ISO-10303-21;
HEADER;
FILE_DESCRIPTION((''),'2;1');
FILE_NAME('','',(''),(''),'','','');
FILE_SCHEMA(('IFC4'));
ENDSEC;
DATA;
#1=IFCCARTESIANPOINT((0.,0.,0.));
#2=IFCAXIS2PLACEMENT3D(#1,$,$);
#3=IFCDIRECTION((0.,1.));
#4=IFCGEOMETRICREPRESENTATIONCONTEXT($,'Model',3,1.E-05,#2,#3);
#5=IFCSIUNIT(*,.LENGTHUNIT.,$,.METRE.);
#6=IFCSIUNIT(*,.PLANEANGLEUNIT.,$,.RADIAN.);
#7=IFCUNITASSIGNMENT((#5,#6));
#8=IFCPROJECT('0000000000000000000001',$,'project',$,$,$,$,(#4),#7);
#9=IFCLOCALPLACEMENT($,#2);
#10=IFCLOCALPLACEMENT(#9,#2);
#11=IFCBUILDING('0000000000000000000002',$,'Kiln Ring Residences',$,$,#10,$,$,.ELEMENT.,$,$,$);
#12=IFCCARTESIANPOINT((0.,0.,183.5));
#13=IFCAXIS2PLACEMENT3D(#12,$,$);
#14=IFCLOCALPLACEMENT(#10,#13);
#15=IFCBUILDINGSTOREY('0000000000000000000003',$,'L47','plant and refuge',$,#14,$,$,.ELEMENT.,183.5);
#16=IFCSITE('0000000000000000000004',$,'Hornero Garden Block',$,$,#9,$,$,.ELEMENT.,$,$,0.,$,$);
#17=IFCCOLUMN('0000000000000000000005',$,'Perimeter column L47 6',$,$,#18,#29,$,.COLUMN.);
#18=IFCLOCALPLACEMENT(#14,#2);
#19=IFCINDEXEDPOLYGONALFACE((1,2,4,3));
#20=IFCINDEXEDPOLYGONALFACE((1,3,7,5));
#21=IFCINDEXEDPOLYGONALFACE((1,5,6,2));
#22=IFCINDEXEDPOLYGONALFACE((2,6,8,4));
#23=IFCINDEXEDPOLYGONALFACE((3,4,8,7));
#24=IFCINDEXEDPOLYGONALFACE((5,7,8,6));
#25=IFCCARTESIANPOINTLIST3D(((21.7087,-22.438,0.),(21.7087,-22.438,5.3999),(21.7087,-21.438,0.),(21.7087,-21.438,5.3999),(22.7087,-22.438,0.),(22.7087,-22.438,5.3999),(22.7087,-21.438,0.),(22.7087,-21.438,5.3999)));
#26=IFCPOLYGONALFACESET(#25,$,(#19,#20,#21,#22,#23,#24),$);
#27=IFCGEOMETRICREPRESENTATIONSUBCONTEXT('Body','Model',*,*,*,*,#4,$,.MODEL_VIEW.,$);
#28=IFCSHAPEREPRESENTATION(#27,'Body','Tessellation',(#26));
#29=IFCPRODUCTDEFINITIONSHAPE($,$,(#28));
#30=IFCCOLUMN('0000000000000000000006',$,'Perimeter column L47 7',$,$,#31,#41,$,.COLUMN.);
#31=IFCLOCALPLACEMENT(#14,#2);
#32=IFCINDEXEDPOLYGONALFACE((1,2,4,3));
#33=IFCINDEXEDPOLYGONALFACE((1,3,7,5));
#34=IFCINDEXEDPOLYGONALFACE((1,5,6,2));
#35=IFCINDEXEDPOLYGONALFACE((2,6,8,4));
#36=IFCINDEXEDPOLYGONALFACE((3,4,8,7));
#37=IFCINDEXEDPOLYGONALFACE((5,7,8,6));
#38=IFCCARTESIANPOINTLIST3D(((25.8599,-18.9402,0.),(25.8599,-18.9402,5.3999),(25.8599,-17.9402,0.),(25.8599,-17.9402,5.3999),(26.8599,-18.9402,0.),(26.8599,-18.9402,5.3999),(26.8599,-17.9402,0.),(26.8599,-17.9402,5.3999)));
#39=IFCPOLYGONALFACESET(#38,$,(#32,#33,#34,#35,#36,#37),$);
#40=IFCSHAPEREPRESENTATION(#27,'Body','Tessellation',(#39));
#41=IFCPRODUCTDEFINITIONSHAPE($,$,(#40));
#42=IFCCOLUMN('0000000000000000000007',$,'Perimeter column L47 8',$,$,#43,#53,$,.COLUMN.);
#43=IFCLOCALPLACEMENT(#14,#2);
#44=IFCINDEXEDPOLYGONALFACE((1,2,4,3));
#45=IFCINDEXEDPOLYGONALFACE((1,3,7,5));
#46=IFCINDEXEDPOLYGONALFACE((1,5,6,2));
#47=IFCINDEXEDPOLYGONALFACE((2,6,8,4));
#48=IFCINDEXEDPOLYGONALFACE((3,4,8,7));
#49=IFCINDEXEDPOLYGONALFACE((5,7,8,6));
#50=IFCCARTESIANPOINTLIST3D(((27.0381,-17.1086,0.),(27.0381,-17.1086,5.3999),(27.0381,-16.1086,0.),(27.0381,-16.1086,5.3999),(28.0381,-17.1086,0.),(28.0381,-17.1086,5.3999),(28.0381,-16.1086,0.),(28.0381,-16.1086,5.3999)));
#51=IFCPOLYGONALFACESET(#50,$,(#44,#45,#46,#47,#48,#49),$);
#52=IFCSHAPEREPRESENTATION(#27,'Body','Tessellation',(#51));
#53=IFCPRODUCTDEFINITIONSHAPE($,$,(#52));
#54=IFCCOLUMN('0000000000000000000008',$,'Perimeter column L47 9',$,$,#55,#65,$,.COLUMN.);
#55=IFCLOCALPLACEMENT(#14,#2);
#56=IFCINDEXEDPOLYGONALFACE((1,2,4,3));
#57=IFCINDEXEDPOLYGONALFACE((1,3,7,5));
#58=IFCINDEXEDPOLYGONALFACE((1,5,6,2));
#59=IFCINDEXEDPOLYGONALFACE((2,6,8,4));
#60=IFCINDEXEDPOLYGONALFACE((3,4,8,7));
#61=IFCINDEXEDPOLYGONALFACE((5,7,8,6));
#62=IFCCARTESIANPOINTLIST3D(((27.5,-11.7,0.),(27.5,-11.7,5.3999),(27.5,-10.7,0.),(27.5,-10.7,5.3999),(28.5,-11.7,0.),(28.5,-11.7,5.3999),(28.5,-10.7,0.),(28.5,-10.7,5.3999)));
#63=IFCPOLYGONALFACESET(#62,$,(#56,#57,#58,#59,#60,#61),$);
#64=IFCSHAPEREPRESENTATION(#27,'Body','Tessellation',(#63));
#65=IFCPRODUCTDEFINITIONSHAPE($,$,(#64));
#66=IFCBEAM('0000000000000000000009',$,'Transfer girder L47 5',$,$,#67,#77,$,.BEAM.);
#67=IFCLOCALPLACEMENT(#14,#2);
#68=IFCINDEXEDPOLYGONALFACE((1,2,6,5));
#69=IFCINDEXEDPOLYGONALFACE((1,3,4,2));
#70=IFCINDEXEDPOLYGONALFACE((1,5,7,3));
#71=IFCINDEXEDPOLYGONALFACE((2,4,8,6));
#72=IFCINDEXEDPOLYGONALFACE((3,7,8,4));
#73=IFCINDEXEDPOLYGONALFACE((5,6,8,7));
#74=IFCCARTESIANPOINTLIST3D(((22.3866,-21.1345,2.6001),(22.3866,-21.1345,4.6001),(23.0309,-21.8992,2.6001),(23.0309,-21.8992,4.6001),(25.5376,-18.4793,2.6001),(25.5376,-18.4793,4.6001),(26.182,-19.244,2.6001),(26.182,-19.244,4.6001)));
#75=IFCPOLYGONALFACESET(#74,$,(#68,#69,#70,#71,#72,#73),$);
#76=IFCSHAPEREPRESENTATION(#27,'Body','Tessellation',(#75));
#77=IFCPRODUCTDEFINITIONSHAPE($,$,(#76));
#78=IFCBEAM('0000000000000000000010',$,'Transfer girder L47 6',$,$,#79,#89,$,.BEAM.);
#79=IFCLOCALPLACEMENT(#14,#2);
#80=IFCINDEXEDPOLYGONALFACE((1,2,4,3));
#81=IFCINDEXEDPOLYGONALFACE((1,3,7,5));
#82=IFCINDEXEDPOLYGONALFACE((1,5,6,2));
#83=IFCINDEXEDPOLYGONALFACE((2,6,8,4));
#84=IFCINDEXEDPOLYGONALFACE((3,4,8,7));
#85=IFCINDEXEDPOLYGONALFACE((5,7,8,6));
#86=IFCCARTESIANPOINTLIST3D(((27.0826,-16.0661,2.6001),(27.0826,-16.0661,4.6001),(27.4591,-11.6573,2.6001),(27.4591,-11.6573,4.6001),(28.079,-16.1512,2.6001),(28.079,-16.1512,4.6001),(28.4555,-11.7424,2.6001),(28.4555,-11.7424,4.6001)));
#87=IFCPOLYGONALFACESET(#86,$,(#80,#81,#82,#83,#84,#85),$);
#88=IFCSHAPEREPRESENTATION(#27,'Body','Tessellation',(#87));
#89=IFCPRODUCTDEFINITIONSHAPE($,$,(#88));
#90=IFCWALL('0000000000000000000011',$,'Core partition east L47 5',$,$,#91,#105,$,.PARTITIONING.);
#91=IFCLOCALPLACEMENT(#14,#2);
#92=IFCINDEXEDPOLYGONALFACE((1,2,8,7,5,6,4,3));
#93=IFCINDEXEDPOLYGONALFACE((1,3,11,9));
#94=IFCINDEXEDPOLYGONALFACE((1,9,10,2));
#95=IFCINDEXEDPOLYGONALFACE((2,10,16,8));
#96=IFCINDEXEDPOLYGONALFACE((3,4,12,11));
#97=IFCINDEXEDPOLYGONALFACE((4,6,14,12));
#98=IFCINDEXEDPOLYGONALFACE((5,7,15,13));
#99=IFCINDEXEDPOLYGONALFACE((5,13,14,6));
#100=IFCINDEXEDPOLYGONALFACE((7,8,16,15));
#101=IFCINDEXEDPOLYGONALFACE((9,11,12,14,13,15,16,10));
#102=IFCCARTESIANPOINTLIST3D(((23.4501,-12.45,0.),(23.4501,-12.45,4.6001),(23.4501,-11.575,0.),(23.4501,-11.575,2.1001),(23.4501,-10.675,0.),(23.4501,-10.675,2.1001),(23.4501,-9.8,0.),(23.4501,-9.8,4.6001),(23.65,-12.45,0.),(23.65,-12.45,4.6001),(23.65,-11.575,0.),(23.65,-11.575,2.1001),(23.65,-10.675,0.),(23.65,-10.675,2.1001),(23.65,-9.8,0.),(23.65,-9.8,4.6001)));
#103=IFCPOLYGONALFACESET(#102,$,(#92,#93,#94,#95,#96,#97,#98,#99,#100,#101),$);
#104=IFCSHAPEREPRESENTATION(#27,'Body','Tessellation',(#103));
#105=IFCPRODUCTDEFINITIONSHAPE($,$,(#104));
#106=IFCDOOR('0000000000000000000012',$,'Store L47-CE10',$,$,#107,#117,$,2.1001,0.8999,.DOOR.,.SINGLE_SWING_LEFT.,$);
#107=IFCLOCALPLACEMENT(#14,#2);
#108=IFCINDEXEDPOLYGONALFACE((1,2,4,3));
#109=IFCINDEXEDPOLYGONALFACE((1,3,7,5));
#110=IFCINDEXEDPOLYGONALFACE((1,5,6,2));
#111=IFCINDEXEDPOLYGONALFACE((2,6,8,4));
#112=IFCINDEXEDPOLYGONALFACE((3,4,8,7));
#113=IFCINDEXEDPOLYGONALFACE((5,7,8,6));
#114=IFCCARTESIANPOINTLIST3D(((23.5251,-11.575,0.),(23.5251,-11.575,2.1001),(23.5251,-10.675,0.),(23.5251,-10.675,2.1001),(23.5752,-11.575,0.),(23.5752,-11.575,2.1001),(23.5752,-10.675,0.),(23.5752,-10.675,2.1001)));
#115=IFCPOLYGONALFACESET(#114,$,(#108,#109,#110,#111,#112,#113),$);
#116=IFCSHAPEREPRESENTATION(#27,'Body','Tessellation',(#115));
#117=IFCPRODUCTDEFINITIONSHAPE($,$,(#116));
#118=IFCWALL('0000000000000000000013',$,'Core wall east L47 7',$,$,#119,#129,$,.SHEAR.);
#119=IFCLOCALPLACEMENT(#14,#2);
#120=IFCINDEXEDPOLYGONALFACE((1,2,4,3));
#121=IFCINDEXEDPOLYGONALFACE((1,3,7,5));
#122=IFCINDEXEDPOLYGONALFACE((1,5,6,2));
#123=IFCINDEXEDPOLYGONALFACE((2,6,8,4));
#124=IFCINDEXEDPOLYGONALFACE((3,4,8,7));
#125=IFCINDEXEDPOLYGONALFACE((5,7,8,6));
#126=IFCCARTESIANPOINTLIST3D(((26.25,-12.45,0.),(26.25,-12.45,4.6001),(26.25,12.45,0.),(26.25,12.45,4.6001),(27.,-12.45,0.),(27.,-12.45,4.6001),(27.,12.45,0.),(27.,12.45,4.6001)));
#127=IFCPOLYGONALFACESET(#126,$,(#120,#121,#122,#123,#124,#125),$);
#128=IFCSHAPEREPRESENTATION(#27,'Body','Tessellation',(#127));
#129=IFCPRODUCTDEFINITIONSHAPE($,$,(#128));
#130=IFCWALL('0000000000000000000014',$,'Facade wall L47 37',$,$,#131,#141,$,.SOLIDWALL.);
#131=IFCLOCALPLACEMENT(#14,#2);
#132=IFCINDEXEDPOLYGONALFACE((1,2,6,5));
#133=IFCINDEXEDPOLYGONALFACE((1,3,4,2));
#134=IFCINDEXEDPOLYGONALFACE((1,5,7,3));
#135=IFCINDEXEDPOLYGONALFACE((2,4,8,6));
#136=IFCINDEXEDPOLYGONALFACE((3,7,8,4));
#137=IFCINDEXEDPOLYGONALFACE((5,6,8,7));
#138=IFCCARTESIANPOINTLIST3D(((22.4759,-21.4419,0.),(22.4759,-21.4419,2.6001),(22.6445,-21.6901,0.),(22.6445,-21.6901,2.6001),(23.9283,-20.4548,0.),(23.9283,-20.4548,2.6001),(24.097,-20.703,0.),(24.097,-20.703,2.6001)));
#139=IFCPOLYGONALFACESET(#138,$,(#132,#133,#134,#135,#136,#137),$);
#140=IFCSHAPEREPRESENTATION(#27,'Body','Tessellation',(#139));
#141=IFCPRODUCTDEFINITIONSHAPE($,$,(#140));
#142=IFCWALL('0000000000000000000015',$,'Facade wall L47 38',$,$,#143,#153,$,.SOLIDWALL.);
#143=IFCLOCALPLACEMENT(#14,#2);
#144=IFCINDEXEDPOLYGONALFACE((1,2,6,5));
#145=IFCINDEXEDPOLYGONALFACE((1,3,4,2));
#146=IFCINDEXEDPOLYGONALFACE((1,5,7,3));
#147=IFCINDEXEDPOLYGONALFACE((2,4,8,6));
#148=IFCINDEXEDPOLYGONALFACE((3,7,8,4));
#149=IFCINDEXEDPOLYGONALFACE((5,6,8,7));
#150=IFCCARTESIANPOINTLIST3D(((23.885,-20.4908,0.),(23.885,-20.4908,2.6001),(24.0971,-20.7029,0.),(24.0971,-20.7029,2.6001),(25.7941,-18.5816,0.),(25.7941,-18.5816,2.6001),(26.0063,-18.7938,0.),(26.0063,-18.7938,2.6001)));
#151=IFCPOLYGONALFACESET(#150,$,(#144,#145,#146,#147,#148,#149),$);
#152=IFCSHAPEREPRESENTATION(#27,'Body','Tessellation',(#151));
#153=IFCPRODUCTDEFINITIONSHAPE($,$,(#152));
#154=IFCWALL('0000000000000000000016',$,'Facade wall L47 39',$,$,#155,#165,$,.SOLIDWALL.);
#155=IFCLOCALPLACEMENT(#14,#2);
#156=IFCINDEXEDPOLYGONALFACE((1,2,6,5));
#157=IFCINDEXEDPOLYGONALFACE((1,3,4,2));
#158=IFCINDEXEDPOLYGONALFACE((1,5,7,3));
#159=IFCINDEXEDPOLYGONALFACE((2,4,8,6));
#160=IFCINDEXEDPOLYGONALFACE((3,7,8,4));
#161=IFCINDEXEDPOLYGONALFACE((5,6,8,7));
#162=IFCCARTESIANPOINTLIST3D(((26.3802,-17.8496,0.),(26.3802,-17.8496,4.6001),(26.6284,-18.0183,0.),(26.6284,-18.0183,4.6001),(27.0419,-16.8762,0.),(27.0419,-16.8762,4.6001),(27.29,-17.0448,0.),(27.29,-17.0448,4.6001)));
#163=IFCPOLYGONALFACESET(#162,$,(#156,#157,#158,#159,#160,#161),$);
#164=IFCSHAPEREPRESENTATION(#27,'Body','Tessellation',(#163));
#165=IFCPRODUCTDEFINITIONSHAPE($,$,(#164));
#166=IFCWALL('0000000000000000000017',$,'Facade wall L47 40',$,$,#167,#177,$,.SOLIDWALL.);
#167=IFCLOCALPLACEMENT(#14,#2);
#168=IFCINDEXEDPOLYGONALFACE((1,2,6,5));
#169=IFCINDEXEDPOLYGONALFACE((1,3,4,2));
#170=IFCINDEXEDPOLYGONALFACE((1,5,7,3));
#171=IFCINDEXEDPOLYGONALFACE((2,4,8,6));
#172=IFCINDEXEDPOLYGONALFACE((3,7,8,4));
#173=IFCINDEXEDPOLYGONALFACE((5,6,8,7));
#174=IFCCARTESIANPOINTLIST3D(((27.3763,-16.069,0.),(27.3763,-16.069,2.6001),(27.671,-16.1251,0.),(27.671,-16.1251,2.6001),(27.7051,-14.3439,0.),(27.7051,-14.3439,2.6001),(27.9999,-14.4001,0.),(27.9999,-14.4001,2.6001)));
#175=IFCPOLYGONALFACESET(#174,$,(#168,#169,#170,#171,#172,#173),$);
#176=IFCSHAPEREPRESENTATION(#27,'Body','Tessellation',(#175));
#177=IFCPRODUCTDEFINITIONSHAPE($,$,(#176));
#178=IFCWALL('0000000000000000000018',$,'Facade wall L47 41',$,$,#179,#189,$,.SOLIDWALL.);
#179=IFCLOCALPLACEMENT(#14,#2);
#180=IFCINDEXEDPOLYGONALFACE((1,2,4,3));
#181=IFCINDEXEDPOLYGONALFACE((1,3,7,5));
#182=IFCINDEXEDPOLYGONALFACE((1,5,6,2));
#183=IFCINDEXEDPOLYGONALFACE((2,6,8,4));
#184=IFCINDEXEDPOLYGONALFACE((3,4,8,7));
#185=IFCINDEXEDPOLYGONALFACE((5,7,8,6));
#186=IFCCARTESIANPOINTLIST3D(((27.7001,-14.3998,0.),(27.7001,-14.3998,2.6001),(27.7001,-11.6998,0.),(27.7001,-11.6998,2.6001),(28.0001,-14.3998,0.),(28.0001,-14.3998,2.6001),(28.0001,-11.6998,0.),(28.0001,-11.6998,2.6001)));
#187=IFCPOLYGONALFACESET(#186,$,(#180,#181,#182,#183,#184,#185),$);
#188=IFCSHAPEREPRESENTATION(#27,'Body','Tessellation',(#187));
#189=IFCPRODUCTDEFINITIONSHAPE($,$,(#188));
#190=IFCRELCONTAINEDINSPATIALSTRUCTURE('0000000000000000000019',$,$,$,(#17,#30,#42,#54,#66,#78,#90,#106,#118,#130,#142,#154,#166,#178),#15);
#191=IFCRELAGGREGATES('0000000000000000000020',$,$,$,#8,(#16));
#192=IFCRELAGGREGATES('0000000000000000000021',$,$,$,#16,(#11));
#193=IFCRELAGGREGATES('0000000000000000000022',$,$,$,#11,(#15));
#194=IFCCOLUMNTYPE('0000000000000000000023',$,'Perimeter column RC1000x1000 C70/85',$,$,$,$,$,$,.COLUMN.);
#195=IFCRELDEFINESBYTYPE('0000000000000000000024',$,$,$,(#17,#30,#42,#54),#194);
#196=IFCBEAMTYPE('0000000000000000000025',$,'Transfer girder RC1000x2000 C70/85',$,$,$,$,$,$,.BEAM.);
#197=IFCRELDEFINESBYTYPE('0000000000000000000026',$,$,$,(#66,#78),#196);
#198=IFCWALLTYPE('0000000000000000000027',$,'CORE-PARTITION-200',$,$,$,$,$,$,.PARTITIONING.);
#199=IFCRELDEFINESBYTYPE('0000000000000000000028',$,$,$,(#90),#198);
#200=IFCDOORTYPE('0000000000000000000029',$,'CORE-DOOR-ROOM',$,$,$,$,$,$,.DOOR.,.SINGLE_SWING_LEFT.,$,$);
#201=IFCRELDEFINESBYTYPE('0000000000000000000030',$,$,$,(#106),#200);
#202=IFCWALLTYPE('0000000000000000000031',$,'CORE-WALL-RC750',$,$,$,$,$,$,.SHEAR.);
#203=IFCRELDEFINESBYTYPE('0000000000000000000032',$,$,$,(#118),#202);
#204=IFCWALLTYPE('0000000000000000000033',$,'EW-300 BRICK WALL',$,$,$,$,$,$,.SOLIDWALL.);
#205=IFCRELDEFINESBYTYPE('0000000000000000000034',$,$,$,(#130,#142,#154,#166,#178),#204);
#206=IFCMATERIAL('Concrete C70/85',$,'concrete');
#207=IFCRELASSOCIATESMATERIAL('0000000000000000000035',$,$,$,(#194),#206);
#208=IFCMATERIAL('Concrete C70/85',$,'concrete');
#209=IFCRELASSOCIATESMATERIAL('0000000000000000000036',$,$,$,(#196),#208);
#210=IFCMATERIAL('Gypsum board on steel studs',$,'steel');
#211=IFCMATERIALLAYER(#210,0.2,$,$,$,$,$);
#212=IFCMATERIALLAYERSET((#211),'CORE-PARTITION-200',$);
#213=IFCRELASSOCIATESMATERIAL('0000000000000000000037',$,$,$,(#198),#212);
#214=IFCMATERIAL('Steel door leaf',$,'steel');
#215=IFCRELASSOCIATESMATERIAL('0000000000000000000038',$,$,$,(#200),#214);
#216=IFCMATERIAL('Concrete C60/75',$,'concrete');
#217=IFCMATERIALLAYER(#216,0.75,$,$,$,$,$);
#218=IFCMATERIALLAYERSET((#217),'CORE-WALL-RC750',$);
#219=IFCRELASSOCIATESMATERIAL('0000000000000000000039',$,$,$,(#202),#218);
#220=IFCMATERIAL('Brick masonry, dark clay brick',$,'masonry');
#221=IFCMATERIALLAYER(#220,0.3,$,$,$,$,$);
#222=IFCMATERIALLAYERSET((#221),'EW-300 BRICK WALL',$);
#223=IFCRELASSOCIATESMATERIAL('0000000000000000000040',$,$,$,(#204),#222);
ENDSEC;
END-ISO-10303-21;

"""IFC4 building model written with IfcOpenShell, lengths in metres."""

from ifc_helpers import new_model, si_unit, direction, frame, frame_2d, origin, origin_2d, place, context, subcontext, project, spatial, rectangle, extrude, material, layer, layer_set, material_profile, profile_set, type_object, element, fill, save


model = new_model("IFC4")

# Units and contexts
model_context = context("Model", 3, precision=1e-05, world=origin(), true_north=direction((0.0, 1.0)))
body_context = subcontext(model_context, "Body", "Model", "MODEL_VIEW")
ifc_project = project(units=[si_unit("LENGTHUNIT", "METRE"), si_unit("PLANEANGLEUNIT", "RADIAN")], contexts=[model_context])

# Site, building, storey
site_placement = place(None, origin())
site = spatial("IfcSite", under=ifc_project, at=site_placement, Name="Hornero Garden Block", CompositionType="ELEMENT", RefElevation=0.0)
building_placement = place(site_placement, origin())
building = spatial("IfcBuilding", under=site, at=building_placement, Name="Kiln Ring Residences", CompositionType="ELEMENT")
storey_placement = place(building_placement, frame((0.0, 0.0, 183.5)))
storey = spatial("IfcBuildingStorey", under=building, at=storey_placement, Name="L47", Description="plant and refuge", CompositionType="ELEMENT", Elevation=183.5)

# Columns
ifc_material_1 = material(Name="Concrete C70/85", Category="concrete")
ifc_material_profile_1 = material_profile(ifc_material_1, rectangle(XDim=1.0, YDim=1.0, at=origin_2d()), Name="RC1000x1000")
ifc_profile_set_1 = profile_set([ifc_material_profile_1], Name="Concrete C70/85")
column_type = type_object("IfcColumnType", Name="Perimeter column RC1000x1000 C70/85", PredefinedType="COLUMN", material=ifc_profile_set_1)
for number, where, z_axis, x_axis, name in (
    (1, (22.2087, -21.938, 0.0), (0.0, 0.0, 1.0), (1.0, 0.0, 0.0), "Perimeter column L47 6"),
    (2, (26.3599, -18.4402, 0.0), (0.0, 0.0, 1.0), (1.0, 0.0, 0.0), "Perimeter column L47 7"),
    (3, (27.5381, -16.6086, 0.0), (0.0, 0.0, 1.0), (1.0, 0.0, 0.0), "Perimeter column L47 8"),
    (4, (28.0, -11.2, 0.0), (0.0, 0.0, 1.0), (1.0, 0.0, 0.0), "Perimeter column L47 9"),
):
    element("IfcColumn", number, at=place(storey_placement, frame(where, z_axis=z_axis, x_axis=x_axis)), inside=storey, type_object=column_type, Name=name, PredefinedType="COLUMN", context=body_context, shape_type="SweptSolid", body=[
        extrude(rectangle(XDim=1.0, YDim=1.0, at=origin_2d()), origin(), (0.0, 0.0, 1.0), 5.3999),
    ])

# Beams
ifc_material_2 = material(Name="Concrete C70/85", Category="concrete")
ifc_material_profile_2 = material_profile(ifc_material_2, rectangle(XDim=1.0, YDim=2.0, at=origin_2d()), Name="RC1000x2000")
ifc_profile_set_2 = profile_set([ifc_material_profile_2], Name="Concrete C70/85")
beam_type = type_object("IfcBeamType", Name="Transfer girder RC1000x2000 C70/85", PredefinedType="BEAM", material=ifc_profile_set_2)
beam_1_placement = place(storey_placement, frame((22.7087, -21.5168, 3.6001), z_axis=(0.764708, 0.644377, 0.0), x_axis=(-0.644377, 0.764708, 0.0)))
element("IfcBeam", 5, at=beam_1_placement, inside=storey, type_object=beam_type, Name="Transfer girder L47 5", PredefinedType="BEAM", context=body_context, shape_type="SweptSolid", body=[
    extrude(rectangle(XDim=1.0, YDim=2.0, at=origin_2d()), origin(), (0.0, 0.0, 1.0), 4.1206),
])
beam_2_placement = place(storey_placement, frame((27.5808, -16.1086, 3.6001), z_axis=(0.085082, 0.996374, 0.0), x_axis=(-0.996374, 0.085082, 0.0)))
element("IfcBeam", 6, at=beam_2_placement, inside=storey, type_object=beam_type, Name="Transfer girder L47 6", PredefinedType="BEAM", context=body_context, shape_type="SweptSolid", body=[
    extrude(rectangle(XDim=1.0, YDim=2.0, at=origin_2d()), origin(), (0.0, 0.0, 1.0), 4.4248),
])

# Wall, opening, door
ifc_material_3 = material(Name="Gypsum board on steel studs", Category="steel")
ifc_layer_1 = layer(ifc_material_3, 0.2)
ifc_layer_set_1 = layer_set([ifc_layer_1], Name="CORE-PARTITION-200")
wall_type_1 = type_object("IfcWallType", Name="CORE-PARTITION-200", PredefinedType="PARTITIONING", material=ifc_layer_set_1)
wall_1_placement = place(storey_placement, frame((23.55, -12.45, 0.0), z_axis=(0.0, 0.0, 1.0), x_axis=(0.0, 1.0, 0.0)))
wall_1 = element("IfcWall", 7, at=wall_1_placement, inside=storey, type_object=wall_type_1, Name="Core partition east L47 5", PredefinedType="PARTITIONING", context=body_context, shape_type="SweptSolid", body=[
    extrude(rectangle(XDim=2.6499, YDim=0.2, at=frame_2d((1.325, 0.0))), origin(), (0.0, 0.0, 1.0), 4.6001),
])
opening_placement = place(wall_1_placement, frame((0.875, 0.0, 0.0)))
opening = element("IfcOpeningElement", 8, at=opening_placement, cuts=wall_1, PredefinedType="OPENING", context=body_context, shape_type="SweptSolid", body=[
    extrude(rectangle(XDim=0.8999, YDim=2.1001, at=frame_2d((0.45, 1.05))), frame((0.0, 0.1099, 0.0), z_axis=(0.0, -1.0, 0.0), x_axis=(1.0, 0.0, 0.0)), (0.0, 0.0, 1.0), 0.22),
])
ifc_material_4 = material(Name="Steel door leaf", Category="steel")
door_type = type_object("IfcDoorType", Name="CORE-DOOR-ROOM", OperationType="SINGLE_SWING_LEFT", PredefinedType="DOOR", material=ifc_material_4)
door_placement = place(opening_placement, origin())
door = element("IfcDoor", 9, at=door_placement, inside=storey, type_object=door_type, Name="Store L47-CE10", OperationType="SINGLE_SWING_LEFT", OverallHeight=2.1001, OverallWidth=0.8999, PredefinedType="DOOR", context=body_context, shape_type="SweptSolid", body=[
    extrude(rectangle(XDim=0.8999, YDim=2.1001, at=frame_2d((0.45, 1.05))), frame((0.0, 0.0249, 0.0), z_axis=(0.0, -1.0, 0.0), x_axis=(1.0, 0.0, 0.0)), (0.0, 0.0, 1.0), 0.05),
])
fill(opening, door)

# Walls
ifc_material_5 = material(Name="Concrete C60/75", Category="concrete")
ifc_layer_2 = layer(ifc_material_5, 0.75)
ifc_layer_set_2 = layer_set([ifc_layer_2], Name="CORE-WALL-RC750")
wall_type_2 = type_object("IfcWallType", Name="CORE-WALL-RC750", PredefinedType="SHEAR", material=ifc_layer_set_2)
wall_2_placement = place(storey_placement, frame((26.625, -12.45, 0.0), z_axis=(0.0, 0.0, 1.0), x_axis=(0.0, 1.0, 0.0)))
element("IfcWall", 10, at=wall_2_placement, inside=storey, type_object=wall_type_2, Name="Core wall east L47 7", PredefinedType="SHEAR", context=body_context, shape_type="SweptSolid", body=[
    extrude(rectangle(XDim=24.8999, YDim=0.75, at=frame_2d((12.45, 0.0))), origin(), (0.0, 0.0, 1.0), 4.6001),
])
ifc_material_6 = material(Name="Brick masonry, dark clay brick", Category="masonry")
ifc_layer_3 = layer(ifc_material_6, 0.3)
ifc_layer_set_3 = layer_set([ifc_layer_3], Name="EW-300 BRICK WALL")
wall_type_3 = type_object("IfcWallType", Name="EW-300 BRICK WALL", PredefinedType="SOLIDWALL", material=ifc_layer_set_3)
wall_3_placement = place(storey_placement, frame((22.5603, -21.5659, 0.0), z_axis=(0.0, 0.0, 1.0), x_axis=(0.827076, 0.562089, 0.0)))
element("IfcWall", 11, at=wall_3_placement, inside=storey, type_object=wall_type_3, Name="Facade wall L47 37", PredefinedType="SOLIDWALL", context=body_context, shape_type="SweptSolid", body=[
    extrude(rectangle(XDim=1.7561, YDim=0.3, at=frame_2d((0.8779, 0.0))), origin(), (0.0, 0.0, 1.0), 2.6001),
])
wall_4_placement = place(storey_placement, frame((23.991, -20.5969, 0.0), z_axis=(0.0, 0.0, 1.0), x_axis=(0.707107, 0.707107, 0.0)))
element("IfcWall", 12, at=wall_4_placement, inside=storey, type_object=wall_type_3, Name="Facade wall L47 38", PredefinedType="SOLIDWALL", context=body_context, shape_type="SweptSolid", body=[
    extrude(rectangle(XDim=2.7, YDim=0.3, at=frame_2d((1.3501, 0.0))), origin(), (0.0, 0.0, 1.0), 2.6001),
])
wall_5_placement = place(storey_placement, frame((26.5044, -17.9338, 0.0), z_axis=(0.0, 0.0, 1.0), x_axis=(0.562145, 0.827038, 0.0)))
element("IfcWall", 13, at=wall_5_placement, inside=storey, type_object=wall_type_3, Name="Facade wall L47 39", PredefinedType="SOLIDWALL", context=body_context, shape_type="SweptSolid", body=[
    extrude(rectangle(XDim=1.177, YDim=0.3, at=frame_2d((0.5884, 0.0))), origin(), (0.0, 0.0, 1.0), 4.6001),
])
wall_6_placement = place(storey_placement, frame((27.5237, -16.0969, 0.0), z_axis=(0.0, 0.0, 1.0), x_axis=(0.187259, 0.982311, 0.0)))
element("IfcWall", 14, at=wall_6_placement, inside=storey, type_object=wall_type_3, Name="Facade wall L47 40", PredefinedType="SOLIDWALL", context=body_context, shape_type="SweptSolid", body=[
    extrude(rectangle(XDim=1.7561, YDim=0.3, at=frame_2d((0.8779, 0.0))), origin(), (0.0, 0.0, 1.0), 2.6001),
])
wall_7_placement = place(storey_placement, frame((27.8501, -14.3999, 0.0), z_axis=(0.0, 0.0, 1.0), x_axis=(0.0, 1.0, 0.0)))
element("IfcWall", 15, at=wall_7_placement, inside=storey, type_object=wall_type_3, Name="Facade wall L47 41", PredefinedType="SOLIDWALL", context=body_context, shape_type="SweptSolid", body=[
    extrude(rectangle(XDim=2.7, YDim=0.3, at=frame_2d((1.3501, 0.0))), origin(), (0.0, 0.0, 1.0), 2.6001),
])

save(model, "model.ifc")
